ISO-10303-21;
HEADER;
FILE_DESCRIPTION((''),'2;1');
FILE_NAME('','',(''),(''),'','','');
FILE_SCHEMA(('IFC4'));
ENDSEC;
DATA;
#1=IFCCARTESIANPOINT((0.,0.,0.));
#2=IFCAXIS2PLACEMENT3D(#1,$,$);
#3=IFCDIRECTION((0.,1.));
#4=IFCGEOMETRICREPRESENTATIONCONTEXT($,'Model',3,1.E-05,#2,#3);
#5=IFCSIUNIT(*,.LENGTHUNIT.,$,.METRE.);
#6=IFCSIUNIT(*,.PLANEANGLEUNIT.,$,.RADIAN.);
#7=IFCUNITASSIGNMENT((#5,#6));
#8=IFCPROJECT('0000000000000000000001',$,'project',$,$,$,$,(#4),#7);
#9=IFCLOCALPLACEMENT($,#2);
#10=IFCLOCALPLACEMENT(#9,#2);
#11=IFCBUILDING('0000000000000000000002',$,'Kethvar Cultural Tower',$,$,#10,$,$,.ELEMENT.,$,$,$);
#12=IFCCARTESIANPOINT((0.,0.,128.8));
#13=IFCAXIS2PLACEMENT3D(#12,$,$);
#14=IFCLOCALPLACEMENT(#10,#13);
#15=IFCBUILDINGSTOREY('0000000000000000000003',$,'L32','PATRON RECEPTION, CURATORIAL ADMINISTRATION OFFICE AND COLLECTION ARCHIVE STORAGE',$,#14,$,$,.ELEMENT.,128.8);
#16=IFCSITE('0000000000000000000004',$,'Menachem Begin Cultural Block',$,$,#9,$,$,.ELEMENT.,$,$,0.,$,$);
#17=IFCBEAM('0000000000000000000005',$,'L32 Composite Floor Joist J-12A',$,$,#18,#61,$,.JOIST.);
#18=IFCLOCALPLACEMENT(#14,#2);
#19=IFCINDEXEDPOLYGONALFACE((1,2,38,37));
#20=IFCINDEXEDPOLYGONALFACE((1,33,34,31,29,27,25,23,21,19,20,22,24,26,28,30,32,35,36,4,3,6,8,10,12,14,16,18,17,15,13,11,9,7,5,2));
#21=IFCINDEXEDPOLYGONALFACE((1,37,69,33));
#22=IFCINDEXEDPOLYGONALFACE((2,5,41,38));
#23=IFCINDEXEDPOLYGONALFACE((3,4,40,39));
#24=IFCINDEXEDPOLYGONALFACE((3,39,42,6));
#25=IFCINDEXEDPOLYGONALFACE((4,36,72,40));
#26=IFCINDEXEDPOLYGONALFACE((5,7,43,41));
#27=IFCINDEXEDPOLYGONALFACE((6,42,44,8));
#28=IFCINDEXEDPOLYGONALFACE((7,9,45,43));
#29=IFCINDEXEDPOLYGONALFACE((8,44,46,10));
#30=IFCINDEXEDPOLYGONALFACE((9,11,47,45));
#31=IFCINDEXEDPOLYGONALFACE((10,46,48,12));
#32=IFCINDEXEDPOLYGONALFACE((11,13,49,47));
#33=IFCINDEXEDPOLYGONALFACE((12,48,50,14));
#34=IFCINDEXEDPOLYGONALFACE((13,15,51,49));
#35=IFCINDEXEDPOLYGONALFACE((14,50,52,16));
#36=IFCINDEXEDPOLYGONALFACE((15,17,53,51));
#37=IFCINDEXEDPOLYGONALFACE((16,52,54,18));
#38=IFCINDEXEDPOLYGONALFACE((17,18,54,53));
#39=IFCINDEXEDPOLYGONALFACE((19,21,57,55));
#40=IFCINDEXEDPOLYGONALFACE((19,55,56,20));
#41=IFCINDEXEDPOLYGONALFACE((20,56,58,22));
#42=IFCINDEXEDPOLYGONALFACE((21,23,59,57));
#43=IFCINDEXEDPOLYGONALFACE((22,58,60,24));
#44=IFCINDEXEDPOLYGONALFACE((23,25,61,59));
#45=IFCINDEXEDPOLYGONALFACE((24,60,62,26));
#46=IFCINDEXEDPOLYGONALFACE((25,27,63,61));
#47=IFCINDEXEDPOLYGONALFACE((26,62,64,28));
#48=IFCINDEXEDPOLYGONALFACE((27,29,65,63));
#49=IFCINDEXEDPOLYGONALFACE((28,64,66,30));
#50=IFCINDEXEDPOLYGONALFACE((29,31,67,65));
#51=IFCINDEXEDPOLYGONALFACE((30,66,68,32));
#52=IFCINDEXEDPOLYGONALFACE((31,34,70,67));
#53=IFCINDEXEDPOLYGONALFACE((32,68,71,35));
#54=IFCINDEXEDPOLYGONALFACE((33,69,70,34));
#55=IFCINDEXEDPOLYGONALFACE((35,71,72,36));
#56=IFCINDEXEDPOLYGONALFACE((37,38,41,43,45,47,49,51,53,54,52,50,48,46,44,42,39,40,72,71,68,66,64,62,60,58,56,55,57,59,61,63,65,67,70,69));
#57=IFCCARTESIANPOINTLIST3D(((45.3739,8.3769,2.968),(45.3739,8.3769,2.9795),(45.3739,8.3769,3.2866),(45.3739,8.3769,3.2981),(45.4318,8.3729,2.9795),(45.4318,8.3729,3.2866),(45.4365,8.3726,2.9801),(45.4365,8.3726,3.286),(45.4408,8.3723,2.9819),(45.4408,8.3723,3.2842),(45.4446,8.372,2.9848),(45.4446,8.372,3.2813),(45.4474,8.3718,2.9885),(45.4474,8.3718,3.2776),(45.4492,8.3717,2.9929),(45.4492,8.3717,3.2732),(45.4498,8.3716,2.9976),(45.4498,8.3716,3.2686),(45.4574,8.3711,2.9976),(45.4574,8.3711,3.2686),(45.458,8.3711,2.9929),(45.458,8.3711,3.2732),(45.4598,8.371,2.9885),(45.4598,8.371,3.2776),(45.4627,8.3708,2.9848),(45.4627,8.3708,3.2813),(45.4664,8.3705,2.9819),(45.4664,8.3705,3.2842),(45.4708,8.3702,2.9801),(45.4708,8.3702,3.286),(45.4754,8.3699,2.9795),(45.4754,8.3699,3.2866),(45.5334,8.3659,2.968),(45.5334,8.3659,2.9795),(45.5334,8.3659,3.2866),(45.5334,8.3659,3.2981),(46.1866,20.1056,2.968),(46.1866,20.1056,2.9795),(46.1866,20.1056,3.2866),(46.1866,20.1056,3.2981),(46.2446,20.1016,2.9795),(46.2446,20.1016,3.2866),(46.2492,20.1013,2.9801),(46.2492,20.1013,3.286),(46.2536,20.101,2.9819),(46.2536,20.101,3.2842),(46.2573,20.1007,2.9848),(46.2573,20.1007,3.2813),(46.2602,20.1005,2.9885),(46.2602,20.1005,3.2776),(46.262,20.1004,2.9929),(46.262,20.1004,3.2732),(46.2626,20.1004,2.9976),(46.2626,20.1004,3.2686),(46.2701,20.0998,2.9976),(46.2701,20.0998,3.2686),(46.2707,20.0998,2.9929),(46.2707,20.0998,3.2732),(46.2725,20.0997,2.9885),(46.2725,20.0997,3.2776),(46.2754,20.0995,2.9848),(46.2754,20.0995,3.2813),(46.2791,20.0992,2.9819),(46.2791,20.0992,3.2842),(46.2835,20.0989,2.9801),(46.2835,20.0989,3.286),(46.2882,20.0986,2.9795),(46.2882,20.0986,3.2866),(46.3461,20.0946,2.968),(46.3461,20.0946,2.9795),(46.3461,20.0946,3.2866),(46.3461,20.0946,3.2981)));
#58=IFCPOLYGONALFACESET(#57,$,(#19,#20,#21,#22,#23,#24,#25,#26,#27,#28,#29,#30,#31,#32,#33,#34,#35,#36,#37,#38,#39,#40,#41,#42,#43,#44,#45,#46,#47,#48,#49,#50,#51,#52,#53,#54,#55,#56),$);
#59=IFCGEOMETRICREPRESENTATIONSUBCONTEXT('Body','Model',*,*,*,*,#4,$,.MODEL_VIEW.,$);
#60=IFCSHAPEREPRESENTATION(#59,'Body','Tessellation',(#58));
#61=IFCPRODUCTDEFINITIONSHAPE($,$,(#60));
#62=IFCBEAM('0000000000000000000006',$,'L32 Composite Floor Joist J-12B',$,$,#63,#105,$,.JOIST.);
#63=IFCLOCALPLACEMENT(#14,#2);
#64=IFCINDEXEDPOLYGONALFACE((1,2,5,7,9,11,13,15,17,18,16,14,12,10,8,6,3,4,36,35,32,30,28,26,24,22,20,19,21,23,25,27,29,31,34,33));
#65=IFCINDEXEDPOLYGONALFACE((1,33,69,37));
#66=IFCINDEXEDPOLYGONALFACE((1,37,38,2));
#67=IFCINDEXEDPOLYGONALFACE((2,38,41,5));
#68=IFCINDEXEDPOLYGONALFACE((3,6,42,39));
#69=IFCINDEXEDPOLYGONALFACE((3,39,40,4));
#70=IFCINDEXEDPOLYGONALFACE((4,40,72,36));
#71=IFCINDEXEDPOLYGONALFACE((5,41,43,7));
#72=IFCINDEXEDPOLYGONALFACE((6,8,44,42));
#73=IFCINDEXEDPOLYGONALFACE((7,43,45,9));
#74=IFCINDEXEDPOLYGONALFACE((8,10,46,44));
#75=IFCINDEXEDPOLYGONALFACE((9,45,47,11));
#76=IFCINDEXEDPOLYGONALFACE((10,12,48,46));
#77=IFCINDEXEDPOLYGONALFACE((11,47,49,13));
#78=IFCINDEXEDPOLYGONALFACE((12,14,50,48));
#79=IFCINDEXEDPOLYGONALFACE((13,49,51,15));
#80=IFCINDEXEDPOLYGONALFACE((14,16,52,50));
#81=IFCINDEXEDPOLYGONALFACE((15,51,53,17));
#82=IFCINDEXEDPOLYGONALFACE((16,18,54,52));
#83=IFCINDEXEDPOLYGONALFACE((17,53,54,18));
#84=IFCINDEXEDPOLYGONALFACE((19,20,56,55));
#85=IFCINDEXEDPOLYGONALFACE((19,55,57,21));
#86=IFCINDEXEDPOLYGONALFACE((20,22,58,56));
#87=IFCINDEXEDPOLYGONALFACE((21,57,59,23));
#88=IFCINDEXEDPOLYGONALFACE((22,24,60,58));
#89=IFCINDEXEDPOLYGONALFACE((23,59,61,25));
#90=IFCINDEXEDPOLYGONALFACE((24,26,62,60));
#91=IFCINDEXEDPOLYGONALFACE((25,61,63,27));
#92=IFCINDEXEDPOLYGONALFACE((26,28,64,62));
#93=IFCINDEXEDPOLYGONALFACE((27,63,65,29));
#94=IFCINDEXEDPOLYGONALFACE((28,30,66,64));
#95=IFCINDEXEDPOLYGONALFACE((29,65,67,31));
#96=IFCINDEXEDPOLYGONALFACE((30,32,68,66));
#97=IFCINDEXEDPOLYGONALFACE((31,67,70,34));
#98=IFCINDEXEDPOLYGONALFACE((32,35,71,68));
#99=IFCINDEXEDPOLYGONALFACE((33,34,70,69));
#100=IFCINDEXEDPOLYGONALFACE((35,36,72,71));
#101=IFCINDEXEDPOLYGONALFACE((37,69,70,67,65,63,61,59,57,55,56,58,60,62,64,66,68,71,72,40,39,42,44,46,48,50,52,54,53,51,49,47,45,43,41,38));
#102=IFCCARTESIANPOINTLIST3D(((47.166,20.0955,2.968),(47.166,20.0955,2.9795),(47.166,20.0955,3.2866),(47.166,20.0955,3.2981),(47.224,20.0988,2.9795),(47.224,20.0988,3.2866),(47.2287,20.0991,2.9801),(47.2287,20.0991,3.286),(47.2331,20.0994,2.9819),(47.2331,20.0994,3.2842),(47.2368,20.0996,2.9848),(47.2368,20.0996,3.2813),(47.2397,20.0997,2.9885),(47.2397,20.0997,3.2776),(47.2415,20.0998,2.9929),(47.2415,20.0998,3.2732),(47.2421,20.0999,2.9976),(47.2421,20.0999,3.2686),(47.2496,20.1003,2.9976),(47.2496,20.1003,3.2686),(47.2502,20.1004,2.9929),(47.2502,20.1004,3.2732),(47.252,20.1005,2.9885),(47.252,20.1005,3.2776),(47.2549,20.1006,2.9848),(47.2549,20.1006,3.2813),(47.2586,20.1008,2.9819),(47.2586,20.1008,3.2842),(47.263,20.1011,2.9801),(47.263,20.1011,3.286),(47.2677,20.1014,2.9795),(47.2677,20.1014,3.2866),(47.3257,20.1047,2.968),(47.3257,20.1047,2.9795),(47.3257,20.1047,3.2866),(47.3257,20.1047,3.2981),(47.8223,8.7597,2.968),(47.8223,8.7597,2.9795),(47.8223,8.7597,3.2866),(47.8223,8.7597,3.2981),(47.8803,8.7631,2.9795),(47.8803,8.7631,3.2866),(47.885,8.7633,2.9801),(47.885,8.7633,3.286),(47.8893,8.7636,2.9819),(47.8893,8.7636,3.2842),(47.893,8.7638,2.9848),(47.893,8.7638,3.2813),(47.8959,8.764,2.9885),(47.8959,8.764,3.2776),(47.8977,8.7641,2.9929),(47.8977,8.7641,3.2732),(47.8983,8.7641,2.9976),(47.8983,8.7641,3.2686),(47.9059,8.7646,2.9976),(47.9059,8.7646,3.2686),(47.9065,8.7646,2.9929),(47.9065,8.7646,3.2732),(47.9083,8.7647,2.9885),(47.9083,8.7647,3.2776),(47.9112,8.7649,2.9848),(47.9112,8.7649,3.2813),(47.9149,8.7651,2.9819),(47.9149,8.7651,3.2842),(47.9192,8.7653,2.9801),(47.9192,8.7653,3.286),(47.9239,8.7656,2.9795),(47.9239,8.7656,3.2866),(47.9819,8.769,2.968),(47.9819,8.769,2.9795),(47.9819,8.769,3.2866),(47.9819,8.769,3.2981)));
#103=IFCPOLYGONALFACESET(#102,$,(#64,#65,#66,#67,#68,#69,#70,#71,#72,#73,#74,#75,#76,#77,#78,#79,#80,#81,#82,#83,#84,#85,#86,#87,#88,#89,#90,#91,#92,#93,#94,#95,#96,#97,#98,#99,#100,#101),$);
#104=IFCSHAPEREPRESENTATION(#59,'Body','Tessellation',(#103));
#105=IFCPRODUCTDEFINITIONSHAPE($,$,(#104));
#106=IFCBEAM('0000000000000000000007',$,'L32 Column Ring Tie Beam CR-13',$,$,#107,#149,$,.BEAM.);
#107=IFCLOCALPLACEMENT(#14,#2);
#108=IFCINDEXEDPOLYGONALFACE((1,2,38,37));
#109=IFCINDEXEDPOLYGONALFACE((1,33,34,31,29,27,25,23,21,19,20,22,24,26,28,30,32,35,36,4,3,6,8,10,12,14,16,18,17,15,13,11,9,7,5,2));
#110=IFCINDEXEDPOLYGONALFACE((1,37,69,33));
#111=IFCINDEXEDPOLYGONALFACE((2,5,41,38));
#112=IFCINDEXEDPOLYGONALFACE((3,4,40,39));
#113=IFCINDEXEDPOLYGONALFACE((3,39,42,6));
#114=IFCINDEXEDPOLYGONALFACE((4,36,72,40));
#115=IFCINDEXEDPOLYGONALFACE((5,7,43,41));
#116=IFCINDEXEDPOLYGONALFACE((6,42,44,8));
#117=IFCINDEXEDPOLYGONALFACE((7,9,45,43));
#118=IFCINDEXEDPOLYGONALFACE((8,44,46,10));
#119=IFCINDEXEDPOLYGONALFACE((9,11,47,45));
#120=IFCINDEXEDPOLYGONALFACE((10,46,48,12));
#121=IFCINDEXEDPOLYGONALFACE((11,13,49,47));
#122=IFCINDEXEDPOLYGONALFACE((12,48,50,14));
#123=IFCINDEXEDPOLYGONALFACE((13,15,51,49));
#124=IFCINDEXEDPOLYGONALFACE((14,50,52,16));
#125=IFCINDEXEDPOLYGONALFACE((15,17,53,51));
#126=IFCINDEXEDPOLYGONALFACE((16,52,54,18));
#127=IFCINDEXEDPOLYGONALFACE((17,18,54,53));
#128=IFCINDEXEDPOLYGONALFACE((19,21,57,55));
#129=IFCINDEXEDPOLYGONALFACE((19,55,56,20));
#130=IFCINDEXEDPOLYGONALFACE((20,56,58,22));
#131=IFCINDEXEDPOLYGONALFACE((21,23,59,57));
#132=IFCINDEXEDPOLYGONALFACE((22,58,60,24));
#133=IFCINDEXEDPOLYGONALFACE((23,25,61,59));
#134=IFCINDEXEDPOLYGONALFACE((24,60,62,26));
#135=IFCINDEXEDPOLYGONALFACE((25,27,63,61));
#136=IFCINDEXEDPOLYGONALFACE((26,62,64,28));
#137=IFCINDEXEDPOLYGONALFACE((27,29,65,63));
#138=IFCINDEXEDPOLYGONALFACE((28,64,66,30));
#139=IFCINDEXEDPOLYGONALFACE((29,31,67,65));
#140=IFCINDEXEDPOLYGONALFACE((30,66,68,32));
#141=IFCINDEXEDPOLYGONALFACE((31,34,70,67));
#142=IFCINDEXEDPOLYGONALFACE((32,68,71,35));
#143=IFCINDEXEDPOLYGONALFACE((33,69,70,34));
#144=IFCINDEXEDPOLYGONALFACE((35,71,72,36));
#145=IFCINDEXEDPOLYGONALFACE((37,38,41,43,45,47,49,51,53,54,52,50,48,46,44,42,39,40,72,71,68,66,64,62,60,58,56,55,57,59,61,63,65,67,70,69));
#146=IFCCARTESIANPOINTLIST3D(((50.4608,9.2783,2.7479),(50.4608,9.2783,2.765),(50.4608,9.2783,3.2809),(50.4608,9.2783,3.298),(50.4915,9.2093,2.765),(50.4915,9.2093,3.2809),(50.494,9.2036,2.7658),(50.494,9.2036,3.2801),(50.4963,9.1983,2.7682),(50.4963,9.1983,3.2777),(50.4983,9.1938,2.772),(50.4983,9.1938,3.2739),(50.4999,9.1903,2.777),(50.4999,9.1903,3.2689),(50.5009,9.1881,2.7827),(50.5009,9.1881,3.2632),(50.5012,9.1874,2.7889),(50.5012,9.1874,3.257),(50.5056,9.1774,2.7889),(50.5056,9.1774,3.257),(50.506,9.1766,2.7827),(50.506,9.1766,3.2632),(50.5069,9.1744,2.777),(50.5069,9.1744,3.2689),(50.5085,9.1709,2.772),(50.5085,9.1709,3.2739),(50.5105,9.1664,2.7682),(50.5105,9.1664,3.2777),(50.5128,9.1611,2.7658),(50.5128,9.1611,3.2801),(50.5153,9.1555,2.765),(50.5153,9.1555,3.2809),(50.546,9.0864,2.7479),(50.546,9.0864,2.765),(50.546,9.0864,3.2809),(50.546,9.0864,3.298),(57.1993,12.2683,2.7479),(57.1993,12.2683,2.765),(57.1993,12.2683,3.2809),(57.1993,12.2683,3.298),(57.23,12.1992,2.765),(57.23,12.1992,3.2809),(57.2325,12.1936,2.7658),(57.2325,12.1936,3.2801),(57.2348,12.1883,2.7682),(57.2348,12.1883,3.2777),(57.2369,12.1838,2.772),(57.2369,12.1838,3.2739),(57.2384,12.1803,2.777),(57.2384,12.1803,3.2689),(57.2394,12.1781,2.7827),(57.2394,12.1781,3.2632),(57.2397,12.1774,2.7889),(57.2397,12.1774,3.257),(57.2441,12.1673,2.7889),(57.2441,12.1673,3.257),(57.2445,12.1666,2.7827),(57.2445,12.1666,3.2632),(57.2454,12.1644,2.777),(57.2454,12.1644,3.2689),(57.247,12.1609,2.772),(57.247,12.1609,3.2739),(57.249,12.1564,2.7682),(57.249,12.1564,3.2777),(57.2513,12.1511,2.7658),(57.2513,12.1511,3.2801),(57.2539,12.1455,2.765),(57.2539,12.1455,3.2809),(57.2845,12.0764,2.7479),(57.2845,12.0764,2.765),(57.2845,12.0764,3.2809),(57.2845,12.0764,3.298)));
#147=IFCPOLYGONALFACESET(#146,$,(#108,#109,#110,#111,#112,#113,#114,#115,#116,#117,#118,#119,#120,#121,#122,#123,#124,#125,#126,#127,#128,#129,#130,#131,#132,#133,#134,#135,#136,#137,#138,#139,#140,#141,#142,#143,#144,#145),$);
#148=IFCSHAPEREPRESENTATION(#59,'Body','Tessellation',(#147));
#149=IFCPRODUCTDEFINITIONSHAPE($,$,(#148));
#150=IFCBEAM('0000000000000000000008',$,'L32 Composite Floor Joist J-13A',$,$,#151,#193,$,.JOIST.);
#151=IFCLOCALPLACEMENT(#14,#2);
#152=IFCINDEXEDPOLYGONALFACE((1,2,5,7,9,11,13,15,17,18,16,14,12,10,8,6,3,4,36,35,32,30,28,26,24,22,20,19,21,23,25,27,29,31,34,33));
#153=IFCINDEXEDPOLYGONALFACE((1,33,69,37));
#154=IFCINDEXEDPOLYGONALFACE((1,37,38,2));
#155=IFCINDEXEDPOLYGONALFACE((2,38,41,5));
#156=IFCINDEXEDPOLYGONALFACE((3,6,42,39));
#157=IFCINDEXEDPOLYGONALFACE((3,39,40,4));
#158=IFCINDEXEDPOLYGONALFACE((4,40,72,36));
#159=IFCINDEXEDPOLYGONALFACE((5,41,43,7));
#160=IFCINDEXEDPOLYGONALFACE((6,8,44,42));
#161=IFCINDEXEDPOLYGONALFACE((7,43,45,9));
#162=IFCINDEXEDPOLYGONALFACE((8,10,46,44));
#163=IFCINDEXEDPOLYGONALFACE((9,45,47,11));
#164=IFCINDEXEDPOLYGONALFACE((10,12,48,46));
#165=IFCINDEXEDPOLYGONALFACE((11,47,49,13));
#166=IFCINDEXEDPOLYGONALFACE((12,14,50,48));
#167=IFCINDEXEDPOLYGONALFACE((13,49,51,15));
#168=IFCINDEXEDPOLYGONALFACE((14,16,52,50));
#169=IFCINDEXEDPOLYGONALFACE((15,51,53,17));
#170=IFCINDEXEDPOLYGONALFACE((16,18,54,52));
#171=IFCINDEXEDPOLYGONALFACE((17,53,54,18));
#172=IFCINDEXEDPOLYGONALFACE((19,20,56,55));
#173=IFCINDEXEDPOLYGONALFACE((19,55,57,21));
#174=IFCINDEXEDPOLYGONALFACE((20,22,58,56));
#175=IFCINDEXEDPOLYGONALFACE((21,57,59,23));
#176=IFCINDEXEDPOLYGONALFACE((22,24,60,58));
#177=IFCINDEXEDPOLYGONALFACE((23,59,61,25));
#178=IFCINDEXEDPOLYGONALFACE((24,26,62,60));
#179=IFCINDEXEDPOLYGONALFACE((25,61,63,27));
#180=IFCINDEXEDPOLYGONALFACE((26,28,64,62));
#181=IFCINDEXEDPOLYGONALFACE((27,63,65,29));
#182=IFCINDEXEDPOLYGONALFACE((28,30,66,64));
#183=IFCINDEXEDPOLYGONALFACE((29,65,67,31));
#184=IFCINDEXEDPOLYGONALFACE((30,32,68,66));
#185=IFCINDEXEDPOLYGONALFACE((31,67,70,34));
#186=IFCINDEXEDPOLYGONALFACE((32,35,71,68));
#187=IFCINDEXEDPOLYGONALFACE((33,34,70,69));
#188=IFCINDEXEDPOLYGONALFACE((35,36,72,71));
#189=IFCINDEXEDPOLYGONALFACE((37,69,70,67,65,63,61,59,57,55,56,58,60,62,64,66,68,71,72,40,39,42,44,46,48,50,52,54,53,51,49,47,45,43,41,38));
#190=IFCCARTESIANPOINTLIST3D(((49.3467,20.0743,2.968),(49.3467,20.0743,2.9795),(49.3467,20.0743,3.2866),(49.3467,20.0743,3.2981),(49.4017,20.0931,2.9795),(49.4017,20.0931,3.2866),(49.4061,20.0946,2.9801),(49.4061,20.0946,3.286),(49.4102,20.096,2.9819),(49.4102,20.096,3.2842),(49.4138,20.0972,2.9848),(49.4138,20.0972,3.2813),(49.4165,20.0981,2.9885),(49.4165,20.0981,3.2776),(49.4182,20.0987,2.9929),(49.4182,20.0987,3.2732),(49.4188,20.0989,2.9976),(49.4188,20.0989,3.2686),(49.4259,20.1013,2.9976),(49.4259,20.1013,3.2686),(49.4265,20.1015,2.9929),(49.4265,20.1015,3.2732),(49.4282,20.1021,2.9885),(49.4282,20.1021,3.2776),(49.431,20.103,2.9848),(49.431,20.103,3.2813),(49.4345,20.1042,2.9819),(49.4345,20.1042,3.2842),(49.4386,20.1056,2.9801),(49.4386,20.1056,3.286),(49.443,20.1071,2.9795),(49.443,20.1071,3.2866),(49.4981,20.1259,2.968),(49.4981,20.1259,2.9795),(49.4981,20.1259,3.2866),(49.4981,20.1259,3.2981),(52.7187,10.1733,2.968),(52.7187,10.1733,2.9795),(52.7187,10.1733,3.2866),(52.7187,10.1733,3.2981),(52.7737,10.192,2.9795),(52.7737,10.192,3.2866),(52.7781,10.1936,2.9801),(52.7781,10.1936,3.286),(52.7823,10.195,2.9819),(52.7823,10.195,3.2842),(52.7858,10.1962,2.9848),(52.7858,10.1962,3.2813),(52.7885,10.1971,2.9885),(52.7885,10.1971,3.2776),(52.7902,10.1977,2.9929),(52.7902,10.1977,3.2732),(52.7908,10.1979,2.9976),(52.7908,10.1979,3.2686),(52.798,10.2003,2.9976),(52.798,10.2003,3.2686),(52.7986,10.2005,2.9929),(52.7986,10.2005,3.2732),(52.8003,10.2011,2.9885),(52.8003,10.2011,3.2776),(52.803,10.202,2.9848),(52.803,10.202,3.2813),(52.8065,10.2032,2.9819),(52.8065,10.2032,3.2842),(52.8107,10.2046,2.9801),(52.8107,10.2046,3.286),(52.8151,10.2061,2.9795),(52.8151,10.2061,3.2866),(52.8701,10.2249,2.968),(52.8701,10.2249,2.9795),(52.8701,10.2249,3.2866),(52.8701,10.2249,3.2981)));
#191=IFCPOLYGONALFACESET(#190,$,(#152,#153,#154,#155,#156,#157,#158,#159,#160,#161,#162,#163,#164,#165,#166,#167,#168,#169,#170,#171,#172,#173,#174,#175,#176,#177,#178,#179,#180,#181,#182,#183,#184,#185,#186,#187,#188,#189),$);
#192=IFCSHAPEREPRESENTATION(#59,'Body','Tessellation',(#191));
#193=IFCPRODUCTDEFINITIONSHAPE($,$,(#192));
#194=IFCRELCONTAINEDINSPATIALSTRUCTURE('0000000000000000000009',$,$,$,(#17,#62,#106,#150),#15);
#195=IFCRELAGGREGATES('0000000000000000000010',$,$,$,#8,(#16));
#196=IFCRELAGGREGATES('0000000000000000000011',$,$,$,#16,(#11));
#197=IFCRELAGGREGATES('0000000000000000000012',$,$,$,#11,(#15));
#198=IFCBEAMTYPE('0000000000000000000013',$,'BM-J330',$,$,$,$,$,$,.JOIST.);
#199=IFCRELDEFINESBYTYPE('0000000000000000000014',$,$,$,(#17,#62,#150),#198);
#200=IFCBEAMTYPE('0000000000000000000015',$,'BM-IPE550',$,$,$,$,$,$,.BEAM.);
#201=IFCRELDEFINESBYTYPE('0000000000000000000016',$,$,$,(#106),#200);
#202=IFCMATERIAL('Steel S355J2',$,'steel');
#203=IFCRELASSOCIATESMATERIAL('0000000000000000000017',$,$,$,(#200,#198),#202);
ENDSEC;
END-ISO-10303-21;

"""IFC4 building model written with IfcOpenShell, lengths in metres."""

from ifc_helpers import new_model, si_unit, direction, frame, origin, origin_2d, place, context, subcontext, project, spatial, i_section, extrude, source, transform, mapped, material, material_profile, profile_set, type_object, element, save


model = new_model("IFC4")

# Units and contexts
model_context = context("Model", 3, precision=1e-05, world=origin(), true_north=direction((0.0, 1.0)))
body_context = subcontext(model_context, "Body", "Model", "MODEL_VIEW")
ifc_project = project(units=[si_unit("LENGTHUNIT", "METRE"), si_unit("PLANEANGLEUNIT", "RADIAN")], contexts=[model_context])

# Site, building, storey
site_placement = place(None, origin())
site = spatial("IfcSite", under=ifc_project, at=site_placement, Name="Menachem Begin Cultural Block", CompositionType="ELEMENT", RefElevation=0.0)
building_placement = place(site_placement, origin())
building = spatial("IfcBuilding", under=site, at=building_placement, Name="Kethvar Cultural Tower", CompositionType="ELEMENT")
storey_placement = place(building_placement, frame((0.0, 0.0, 128.8)))
storey = spatial("IfcBuildingStorey", under=building, at=storey_placement, Name="L32", Description="PATRON RECEPTION, CURATORIAL ADMINISTRATION OFFICE AND COLLECTION ARCHIVE STORAGE", CompositionType="ELEMENT", Elevation=128.8)

# Beams
ifc_material_1 = material(Name="Steel S355J2", Category="steel")
ifc_material_profile_1 = material_profile(ifc_material_1, i_section(OverallWidth=0.21, OverallDepth=0.55, WebThickness=0.011, FlangeThickness=0.0171, FilletRadius=0.0239, at=origin_2d()), Name="Steel S355J2 — IPE550")
ifc_profile_set_1 = profile_set([ifc_material_profile_1], Name="Steel S355J2 — IPE550")
beam_type_1 = type_object("IfcBeamType", Name="BM-IPE550", PredefinedType="BEAM", material=ifc_profile_set_1)
ifc_material_profile_2 = material_profile(ifc_material_1, i_section(OverallWidth=0.1599, OverallDepth=0.3301, WebThickness=0.0076, FlangeThickness=0.0115, FilletRadius=0.0181, at=origin_2d()), Name="Steel S355J2 — IPE330")
ifc_profile_set_2 = profile_set([ifc_material_profile_2], Name="Steel S355J2 — IPE330")
beam_type_2 = type_object("IfcBeamType", Name="BM-J330", PredefinedType="JOIST", material=ifc_profile_set_2)
shared_shape_1 = source(origin(), body_context, "Body", "SweptSolid", [
    extrude(i_section(OverallWidth=0.1599, OverallDepth=0.3301, WebThickness=0.0076, FlangeThickness=0.0115, FilletRadius=0.0181, at=origin_2d()), origin(), (0.0, 0.0, 1.0), 11.7568),
])
beam_1_placement = place(storey_placement, frame((46.2664, 20.1001, 3.1331), z_axis=(-0.069129, -0.997608, 0.0), x_axis=(0.997608, -0.069129, 0.0)))
element("IfcBeam", 1, at=beam_1_placement, inside=storey, type_object=beam_type_2, Name="L32 Composite Floor Joist J-12A", PredefinedType="JOIST", context=body_context, shape_type="MappedRepresentation", body=[
    mapped(shared_shape_1, transform((0.0, 0.0, 0.0), scale=1.0)),
])
shared_shape_2 = source(origin(), body_context, "Body", "SweptSolid", [
    extrude(i_section(OverallWidth=0.1599, OverallDepth=0.3301, WebThickness=0.0076, FlangeThickness=0.0115, FilletRadius=0.0181, at=origin_2d()), origin(), (0.0, 0.0, 1.0), 11.3547),
])
beam_2_placement = place(storey_placement, frame((47.2458, 20.1001, 3.1331), z_axis=(0.057796, -0.998328, 0.0), x_axis=(0.998328, 0.057796, 0.0)))
element("IfcBeam", 2, at=beam_2_placement, inside=storey, type_object=beam_type_2, Name="L32 Composite Floor Joist J-12B", PredefinedType="JOIST", context=body_context, shape_type="MappedRepresentation", body=[
    mapped(shared_shape_2, transform((0.0, 0.0, 0.0), scale=1.0)),
])
shared_shape_3 = source(origin(), body_context, "Body", "SweptSolid", [
    extrude(i_section(OverallWidth=0.21, OverallDepth=0.55, WebThickness=0.011, FlangeThickness=0.0171, FilletRadius=0.0239, at=origin_2d()), origin(), (0.0, 0.0, 1.0), 7.3721),
])
beam_3_placement = place(storey_placement, frame((50.5034, 9.1824, 3.0229), z_axis=(0.914059, 0.405582, 0.0), x_axis=(-0.405582, 0.914059, 0.0)))
element("IfcBeam", 3, at=beam_3_placement, inside=storey, type_object=beam_type_1, Name="L32 Column Ring Tie Beam CR-13", PredefinedType="BEAM", context=body_context, shape_type="MappedRepresentation", body=[
    mapped(shared_shape_3, transform((0.0, 0.0, 0.0), scale=1.0)),
])
shared_shape_4 = source(origin(), body_context, "Body", "SweptSolid", [
    extrude(i_section(OverallWidth=0.1599, OverallDepth=0.3301, WebThickness=0.0076, FlangeThickness=0.0115, FilletRadius=0.0181, at=origin_2d()), origin(), (0.0, 0.0, 1.0), 10.4595),
])
beam_4_placement = place(storey_placement, frame((49.4224, 20.1001, 3.1331), z_axis=(0.32239, -0.946607, 0.0), x_axis=(0.946607, 0.32239, 0.0)))
element("IfcBeam", 4, at=beam_4_placement, inside=storey, type_object=beam_type_2, Name="L32 Composite Floor Joist J-13A", PredefinedType="JOIST", context=body_context, shape_type="MappedRepresentation", body=[
    mapped(shared_shape_4, transform((0.0, 0.0, 0.0), scale=1.0)),
])

save(model, "model.ifc")
